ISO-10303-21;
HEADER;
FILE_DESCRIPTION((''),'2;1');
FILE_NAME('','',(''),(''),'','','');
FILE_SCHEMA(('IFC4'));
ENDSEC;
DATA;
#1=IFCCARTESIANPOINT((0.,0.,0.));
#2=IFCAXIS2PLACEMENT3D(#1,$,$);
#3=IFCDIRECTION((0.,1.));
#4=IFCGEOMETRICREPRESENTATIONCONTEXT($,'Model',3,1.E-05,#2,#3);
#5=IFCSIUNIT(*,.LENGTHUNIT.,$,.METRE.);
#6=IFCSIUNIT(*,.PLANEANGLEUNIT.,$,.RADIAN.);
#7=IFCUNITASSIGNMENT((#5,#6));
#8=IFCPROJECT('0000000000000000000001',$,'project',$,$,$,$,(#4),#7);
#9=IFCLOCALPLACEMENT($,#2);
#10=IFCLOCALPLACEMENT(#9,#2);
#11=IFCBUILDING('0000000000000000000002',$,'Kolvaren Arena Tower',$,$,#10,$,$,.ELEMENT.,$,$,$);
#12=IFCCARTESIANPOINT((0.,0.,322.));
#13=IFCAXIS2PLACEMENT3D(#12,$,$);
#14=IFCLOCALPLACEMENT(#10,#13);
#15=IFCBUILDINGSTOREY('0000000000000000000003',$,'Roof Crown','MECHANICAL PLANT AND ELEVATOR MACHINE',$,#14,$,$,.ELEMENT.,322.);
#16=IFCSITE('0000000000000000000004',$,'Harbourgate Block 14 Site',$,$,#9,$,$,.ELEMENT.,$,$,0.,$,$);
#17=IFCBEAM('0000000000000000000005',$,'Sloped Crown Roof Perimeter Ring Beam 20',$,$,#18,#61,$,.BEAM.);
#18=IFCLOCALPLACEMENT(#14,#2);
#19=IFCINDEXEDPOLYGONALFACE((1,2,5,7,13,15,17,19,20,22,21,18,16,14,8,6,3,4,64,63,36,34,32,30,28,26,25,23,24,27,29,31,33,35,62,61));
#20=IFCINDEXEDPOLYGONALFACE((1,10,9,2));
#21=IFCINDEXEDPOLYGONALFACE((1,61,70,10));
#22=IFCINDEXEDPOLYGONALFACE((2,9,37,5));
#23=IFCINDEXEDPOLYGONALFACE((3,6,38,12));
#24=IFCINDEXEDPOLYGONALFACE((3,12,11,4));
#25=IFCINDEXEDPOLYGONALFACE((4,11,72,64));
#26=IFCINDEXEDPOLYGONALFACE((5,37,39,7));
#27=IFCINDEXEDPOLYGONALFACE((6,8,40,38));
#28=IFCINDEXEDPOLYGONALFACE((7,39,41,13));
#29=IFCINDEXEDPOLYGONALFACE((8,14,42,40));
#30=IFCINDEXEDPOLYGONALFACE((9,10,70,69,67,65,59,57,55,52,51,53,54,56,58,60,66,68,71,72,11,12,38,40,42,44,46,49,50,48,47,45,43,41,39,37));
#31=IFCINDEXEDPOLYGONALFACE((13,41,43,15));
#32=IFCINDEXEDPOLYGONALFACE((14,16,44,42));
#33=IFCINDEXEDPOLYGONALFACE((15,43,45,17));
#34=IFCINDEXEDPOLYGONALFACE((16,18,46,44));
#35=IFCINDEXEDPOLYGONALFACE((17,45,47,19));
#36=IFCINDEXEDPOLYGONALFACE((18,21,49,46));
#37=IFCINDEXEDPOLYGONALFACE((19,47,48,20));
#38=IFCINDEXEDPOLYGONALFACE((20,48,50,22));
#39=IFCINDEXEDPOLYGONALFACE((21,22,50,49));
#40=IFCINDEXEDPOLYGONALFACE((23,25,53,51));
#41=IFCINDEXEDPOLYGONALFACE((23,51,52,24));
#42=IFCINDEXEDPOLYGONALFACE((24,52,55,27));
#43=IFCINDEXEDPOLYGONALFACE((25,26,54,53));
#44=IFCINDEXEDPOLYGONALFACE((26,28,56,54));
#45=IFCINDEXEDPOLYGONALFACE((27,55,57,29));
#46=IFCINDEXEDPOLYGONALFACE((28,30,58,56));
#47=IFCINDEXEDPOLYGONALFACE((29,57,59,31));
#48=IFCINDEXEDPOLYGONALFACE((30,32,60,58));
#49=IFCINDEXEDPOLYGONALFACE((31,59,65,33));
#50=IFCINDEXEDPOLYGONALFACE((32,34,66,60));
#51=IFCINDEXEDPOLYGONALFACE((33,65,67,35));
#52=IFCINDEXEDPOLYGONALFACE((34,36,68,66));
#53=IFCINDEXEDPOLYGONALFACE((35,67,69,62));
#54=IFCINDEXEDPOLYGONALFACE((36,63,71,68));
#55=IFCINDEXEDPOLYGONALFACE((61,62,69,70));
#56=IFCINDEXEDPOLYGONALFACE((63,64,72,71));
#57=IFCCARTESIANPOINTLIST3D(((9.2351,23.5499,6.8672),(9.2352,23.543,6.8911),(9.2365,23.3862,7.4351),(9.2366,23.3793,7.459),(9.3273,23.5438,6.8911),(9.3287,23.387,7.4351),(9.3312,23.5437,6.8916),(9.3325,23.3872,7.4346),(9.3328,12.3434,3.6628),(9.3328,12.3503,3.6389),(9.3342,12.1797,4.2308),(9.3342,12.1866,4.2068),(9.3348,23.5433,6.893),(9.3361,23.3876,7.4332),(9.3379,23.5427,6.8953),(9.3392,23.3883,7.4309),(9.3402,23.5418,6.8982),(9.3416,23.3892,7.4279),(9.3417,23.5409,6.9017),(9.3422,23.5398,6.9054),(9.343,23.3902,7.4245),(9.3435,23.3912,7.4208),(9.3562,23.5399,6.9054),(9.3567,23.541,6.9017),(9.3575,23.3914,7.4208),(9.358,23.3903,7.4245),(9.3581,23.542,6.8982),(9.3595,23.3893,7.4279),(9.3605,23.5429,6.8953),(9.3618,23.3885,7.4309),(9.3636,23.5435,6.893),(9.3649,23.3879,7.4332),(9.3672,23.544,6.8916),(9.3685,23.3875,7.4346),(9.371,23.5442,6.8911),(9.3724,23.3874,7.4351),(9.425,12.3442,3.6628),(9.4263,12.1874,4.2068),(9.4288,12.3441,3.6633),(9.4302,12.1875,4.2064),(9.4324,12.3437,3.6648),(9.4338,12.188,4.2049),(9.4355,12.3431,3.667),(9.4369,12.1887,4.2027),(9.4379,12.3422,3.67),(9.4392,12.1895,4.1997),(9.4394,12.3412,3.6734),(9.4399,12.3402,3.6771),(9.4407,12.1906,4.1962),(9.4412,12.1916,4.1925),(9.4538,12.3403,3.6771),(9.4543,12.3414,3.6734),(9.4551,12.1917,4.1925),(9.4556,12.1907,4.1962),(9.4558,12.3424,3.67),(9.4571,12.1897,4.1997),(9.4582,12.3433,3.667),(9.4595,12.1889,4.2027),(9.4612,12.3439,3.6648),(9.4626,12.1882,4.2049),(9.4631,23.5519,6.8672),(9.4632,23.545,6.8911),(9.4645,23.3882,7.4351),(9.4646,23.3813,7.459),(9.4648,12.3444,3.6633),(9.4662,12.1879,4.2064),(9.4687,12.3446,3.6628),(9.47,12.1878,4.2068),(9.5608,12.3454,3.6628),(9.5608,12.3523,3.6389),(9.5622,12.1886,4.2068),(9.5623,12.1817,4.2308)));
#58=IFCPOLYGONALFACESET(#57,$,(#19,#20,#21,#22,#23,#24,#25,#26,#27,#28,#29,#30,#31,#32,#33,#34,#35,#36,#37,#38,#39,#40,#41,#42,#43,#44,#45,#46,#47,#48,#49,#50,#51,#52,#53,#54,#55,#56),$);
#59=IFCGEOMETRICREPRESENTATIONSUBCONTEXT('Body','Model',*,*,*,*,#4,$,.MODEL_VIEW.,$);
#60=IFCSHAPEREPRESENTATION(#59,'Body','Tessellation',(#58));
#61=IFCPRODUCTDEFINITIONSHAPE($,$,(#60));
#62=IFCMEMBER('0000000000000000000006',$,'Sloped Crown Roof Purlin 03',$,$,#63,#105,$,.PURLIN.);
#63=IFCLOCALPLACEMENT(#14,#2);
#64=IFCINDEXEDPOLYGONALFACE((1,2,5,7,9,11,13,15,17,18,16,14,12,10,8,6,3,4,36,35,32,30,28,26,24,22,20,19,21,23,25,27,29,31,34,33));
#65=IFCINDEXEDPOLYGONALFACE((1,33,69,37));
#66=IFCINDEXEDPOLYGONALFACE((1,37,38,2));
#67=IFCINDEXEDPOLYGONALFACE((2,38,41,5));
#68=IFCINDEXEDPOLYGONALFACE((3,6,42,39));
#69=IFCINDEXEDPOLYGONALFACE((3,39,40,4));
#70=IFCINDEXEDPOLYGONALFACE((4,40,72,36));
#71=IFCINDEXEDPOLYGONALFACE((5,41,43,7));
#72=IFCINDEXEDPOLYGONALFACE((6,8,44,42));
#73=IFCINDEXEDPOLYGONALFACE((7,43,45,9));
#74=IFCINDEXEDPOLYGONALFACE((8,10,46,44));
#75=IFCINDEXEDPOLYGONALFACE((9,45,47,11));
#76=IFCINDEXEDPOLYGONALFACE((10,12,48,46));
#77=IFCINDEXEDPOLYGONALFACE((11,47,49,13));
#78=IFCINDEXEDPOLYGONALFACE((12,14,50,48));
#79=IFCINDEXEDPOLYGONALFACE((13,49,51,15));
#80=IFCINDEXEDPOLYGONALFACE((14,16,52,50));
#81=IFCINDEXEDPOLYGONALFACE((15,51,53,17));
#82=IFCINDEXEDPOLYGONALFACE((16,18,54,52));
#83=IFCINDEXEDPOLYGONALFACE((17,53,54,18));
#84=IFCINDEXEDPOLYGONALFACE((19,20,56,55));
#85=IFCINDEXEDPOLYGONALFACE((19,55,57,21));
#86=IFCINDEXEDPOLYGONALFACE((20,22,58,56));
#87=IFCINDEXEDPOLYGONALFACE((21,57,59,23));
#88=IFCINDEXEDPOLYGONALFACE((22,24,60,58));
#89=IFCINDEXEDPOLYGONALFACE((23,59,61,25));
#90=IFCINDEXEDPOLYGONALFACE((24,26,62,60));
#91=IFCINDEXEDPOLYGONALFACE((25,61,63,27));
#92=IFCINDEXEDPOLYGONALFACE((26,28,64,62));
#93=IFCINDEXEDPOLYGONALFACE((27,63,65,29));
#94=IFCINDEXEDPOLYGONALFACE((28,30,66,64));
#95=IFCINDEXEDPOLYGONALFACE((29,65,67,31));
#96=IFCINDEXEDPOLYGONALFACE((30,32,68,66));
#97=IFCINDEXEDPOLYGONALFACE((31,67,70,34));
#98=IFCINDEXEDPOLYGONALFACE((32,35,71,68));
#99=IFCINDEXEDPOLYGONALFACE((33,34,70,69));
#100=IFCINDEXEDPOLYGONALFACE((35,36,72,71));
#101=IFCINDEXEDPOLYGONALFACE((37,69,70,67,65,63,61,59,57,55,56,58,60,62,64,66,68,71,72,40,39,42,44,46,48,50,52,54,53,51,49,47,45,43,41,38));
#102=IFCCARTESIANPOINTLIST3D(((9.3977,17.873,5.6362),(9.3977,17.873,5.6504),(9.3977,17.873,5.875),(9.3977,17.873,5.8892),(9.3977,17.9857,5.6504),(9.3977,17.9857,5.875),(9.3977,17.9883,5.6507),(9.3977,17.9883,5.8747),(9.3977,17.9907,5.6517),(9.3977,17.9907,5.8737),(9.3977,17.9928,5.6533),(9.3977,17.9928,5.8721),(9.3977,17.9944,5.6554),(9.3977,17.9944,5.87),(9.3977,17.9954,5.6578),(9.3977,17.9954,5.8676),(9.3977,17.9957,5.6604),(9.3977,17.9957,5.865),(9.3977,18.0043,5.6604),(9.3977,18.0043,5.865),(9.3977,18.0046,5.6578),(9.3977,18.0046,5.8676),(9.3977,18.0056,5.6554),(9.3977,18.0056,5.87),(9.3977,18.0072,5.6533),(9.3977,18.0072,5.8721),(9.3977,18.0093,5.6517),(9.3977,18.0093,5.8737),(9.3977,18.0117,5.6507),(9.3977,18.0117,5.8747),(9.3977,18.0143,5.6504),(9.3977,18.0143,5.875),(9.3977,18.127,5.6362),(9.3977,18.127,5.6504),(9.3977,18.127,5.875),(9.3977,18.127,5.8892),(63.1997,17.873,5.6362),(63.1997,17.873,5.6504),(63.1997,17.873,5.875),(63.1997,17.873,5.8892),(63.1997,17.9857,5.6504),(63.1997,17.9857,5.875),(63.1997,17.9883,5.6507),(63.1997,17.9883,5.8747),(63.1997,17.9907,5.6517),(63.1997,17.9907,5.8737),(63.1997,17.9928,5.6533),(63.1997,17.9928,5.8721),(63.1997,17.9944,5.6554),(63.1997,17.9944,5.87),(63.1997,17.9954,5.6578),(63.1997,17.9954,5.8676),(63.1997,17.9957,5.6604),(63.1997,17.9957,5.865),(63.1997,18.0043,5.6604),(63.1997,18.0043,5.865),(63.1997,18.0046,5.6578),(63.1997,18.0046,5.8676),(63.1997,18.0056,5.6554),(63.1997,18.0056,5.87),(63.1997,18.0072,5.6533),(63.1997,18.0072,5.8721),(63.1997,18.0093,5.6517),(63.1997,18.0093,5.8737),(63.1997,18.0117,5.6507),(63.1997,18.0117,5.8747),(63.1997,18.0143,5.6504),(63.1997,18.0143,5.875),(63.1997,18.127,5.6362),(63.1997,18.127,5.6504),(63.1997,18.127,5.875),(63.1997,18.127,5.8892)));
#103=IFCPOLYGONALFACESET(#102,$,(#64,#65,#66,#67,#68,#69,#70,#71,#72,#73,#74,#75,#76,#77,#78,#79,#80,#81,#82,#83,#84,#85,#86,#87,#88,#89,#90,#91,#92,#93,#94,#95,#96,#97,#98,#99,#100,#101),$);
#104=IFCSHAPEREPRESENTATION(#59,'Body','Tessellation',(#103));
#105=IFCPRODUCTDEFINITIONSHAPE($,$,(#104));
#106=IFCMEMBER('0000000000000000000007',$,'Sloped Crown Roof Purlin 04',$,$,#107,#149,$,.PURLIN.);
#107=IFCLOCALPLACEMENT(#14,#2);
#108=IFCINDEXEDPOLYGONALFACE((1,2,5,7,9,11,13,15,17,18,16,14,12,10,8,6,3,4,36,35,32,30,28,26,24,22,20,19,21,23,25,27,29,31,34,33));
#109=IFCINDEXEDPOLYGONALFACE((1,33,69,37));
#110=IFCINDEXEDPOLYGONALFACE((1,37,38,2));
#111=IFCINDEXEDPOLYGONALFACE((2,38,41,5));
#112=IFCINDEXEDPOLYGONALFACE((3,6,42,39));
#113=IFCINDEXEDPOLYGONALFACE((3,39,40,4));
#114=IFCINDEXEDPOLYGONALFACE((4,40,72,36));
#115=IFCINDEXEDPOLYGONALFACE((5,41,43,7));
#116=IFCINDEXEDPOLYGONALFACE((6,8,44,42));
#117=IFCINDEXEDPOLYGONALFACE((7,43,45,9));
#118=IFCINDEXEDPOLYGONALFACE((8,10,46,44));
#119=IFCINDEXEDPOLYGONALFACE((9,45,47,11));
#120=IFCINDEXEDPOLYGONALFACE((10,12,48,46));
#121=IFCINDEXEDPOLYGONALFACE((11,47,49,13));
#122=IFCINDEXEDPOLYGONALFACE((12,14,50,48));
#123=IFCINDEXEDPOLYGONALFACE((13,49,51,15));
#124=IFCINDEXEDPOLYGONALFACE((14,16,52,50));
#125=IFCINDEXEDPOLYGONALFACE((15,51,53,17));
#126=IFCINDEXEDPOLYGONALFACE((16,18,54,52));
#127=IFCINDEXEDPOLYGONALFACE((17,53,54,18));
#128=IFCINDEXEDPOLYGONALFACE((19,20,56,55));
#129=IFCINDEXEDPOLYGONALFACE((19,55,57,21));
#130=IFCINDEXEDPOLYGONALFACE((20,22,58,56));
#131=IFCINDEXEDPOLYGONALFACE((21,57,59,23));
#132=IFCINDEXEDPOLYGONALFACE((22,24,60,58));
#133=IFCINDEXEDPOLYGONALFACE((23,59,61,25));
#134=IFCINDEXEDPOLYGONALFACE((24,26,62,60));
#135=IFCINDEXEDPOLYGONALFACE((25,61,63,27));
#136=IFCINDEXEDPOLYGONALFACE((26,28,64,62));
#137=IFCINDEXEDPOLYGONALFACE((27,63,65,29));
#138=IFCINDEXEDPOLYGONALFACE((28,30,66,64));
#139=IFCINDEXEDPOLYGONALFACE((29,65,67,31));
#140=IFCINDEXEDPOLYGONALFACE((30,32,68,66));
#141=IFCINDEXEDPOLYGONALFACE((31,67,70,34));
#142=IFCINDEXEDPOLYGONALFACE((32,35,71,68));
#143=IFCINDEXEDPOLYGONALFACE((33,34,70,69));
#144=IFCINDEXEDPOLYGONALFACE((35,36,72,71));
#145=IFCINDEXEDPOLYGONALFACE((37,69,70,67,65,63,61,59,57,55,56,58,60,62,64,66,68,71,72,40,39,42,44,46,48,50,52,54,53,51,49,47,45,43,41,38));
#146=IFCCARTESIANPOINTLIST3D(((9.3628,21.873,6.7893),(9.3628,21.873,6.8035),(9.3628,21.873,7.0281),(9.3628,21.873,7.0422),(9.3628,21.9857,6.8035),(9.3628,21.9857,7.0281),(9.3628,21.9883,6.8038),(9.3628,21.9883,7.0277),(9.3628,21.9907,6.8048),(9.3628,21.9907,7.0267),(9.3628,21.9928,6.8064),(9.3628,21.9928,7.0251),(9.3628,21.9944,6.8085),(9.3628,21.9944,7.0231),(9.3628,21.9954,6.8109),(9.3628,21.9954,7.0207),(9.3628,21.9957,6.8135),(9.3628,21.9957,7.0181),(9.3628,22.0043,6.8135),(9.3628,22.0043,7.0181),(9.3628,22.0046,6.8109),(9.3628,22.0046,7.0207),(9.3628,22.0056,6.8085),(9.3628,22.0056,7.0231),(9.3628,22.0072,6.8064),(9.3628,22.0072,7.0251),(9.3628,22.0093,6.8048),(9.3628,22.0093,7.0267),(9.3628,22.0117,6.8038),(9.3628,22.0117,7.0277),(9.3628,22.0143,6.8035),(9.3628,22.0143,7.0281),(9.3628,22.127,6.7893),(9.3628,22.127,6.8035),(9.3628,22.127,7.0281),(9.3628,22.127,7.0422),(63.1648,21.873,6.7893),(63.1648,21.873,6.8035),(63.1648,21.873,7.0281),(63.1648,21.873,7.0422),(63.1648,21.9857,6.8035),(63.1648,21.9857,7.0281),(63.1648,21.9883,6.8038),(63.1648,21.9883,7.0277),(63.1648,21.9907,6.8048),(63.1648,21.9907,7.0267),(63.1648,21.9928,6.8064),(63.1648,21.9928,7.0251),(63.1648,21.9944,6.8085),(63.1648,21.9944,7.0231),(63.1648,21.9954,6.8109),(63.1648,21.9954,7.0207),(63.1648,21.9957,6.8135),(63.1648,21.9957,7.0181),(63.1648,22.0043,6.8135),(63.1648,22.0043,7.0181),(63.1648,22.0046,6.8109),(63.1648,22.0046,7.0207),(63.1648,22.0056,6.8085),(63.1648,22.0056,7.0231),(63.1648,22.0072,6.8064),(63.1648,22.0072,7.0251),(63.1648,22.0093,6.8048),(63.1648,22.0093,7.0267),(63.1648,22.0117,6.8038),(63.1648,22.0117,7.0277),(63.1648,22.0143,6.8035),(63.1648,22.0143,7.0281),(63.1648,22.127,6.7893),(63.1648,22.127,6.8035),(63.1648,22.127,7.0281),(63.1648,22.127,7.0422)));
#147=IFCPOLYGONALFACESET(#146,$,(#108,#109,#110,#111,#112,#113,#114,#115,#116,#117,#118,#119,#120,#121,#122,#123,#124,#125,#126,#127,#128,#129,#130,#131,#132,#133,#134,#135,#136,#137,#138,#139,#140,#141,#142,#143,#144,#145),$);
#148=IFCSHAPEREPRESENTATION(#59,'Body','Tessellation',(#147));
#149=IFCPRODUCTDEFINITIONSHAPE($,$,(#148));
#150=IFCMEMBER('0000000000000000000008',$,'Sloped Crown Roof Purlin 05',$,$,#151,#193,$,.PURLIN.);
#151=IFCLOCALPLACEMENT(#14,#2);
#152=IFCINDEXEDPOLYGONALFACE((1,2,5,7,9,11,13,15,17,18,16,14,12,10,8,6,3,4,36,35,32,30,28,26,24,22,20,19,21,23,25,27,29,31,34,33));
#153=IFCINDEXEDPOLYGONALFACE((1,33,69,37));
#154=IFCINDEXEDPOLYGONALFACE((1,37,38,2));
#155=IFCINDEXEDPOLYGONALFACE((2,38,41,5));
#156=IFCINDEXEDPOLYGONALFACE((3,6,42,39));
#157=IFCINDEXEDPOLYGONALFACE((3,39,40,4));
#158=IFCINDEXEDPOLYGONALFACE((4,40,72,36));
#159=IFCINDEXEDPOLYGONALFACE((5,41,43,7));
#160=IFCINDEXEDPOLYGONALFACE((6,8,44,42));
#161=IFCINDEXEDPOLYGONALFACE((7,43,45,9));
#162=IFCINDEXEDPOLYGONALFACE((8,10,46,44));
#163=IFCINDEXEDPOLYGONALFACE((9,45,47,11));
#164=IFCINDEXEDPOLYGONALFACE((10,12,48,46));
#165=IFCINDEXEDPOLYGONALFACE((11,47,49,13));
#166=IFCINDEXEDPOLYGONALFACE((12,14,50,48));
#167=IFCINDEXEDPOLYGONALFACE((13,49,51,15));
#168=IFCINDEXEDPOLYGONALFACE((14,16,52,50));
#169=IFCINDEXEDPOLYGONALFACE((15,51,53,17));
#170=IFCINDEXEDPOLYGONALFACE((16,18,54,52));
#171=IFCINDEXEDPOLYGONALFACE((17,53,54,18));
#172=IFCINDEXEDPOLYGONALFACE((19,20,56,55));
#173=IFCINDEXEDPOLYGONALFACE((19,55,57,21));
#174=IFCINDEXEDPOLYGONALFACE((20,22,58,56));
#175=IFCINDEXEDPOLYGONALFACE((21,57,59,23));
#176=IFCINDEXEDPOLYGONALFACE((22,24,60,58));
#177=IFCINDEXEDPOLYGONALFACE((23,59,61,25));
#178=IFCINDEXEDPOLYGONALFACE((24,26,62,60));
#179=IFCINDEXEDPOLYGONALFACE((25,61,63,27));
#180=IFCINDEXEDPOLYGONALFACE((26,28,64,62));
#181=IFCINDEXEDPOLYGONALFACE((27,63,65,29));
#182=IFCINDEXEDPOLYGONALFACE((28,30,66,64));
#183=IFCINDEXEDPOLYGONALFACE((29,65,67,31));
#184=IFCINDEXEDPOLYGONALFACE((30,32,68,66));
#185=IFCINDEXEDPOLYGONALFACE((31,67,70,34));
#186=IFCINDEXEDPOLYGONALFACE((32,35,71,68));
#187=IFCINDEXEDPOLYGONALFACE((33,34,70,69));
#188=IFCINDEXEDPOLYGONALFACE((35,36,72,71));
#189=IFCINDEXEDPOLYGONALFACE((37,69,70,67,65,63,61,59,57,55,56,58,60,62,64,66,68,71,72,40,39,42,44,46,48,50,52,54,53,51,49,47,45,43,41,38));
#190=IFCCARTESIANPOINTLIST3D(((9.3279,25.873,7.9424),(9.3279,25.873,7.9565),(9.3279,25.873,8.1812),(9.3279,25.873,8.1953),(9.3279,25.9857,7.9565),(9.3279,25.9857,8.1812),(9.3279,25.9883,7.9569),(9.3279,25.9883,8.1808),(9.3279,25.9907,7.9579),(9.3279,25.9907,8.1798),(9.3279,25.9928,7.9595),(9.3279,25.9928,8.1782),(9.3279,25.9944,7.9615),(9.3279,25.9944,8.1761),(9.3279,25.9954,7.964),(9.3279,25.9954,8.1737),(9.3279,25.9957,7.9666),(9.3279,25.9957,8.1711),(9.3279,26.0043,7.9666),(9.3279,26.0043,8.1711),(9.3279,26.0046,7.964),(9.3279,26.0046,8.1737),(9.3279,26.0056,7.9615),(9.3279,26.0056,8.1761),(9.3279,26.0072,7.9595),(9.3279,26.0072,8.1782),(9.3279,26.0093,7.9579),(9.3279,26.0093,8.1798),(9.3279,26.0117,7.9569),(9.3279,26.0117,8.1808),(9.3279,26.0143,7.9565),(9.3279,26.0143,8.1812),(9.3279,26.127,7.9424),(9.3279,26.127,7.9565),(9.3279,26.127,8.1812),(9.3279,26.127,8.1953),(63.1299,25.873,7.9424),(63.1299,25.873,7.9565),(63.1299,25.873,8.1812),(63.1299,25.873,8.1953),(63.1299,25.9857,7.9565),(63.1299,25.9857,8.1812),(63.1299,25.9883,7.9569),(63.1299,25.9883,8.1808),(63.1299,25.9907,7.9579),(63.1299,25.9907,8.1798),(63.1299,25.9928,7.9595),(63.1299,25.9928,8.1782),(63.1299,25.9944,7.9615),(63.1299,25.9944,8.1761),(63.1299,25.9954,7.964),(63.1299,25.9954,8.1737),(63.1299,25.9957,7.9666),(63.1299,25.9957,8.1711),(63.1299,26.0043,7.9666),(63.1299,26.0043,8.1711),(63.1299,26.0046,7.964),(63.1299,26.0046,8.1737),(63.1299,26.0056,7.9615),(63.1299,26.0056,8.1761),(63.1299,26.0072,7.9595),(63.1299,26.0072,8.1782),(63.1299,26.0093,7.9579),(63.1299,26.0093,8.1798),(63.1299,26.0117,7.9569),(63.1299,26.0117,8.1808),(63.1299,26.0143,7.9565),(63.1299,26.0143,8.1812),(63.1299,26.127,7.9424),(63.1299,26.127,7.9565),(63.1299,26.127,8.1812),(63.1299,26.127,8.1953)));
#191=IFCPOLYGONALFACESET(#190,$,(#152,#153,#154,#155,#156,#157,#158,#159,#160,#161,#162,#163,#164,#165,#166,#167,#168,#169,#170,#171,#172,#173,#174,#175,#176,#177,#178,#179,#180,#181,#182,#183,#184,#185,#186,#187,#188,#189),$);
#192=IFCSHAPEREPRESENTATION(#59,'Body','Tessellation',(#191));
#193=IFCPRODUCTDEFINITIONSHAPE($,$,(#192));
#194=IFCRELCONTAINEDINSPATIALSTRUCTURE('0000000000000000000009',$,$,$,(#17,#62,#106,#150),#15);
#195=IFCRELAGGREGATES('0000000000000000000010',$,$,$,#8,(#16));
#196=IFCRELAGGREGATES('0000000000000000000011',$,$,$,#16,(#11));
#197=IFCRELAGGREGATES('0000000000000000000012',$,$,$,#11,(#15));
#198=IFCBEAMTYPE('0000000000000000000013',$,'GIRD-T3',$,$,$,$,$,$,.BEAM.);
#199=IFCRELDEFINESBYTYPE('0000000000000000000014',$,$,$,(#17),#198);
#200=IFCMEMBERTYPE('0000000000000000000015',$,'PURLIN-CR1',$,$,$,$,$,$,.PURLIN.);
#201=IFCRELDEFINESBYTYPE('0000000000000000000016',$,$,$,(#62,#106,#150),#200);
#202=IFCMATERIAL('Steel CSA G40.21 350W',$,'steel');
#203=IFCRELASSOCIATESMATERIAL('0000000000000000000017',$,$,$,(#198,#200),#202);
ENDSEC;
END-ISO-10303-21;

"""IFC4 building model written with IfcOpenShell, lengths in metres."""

from ifc_helpers import new_model, si_unit, direction, frame, origin, origin_2d, place, context, subcontext, project, spatial, i_section, extrude, material, material_profile, profile_set, type_object, element, save


model = new_model("IFC4")

# Units and contexts
model_context = context("Model", 3, precision=1e-05, world=origin(), true_north=direction((0.0, 1.0)))
body_context = subcontext(model_context, "Body", "Model", "MODEL_VIEW")
ifc_project = project(units=[si_unit("LENGTHUNIT", "METRE"), si_unit("PLANEANGLEUNIT", "RADIAN")], contexts=[model_context])

# Site, building, storey
site_placement = place(None, origin())
site = spatial("IfcSite", under=ifc_project, at=site_placement, Name="Harbourgate Block 14 Site", CompositionType="ELEMENT", RefElevation=0.0)
building_placement = place(site_placement, origin())
building = spatial("IfcBuilding", under=site, at=building_placement, Name="Kolvaren Arena Tower", CompositionType="ELEMENT")
storey_placement = place(building_placement, frame((0.0, 0.0, 322.0)))
storey = spatial("IfcBuildingStorey", under=building, at=storey_placement, Name="Roof Crown", Description="MECHANICAL PLANT AND ELEVATOR MACHINE", CompositionType="ELEMENT", Elevation=322.0)

# Beam
ifc_material_1 = material(Name="Steel CSA G40.21 350W", Category="steel")
ifc_material_profile_1 = material_profile(ifc_material_1, i_section(OverallWidth=0.228, OverallDepth=0.616, WebThickness=0.0139, FlangeThickness=0.0249, FilletRadius=0.0149, at=origin_2d()), Name="W610x174")
ifc_profile_set_1 = profile_set([ifc_material_profile_1], Name="Steel CSA G40.21 350W")
beam_type = type_object("IfcBeamType", Name="GIRD-T3", PredefinedType="BEAM", material=ifc_profile_set_1)
beam_placement = place(storey_placement, frame((9.3499, 23.4656, 7.1631), z_axis=(0.008378, -0.960845, -0.27696), x_axis=(0.999962, 0.008719, 0.0)))
element("IfcBeam", 1, at=beam_placement, inside=storey, type_object=beam_type, Name="Sloped Crown Roof Perimeter Ring Beam 20", PredefinedType="BEAM", context=body_context, shape_type="SweptSolid", body=[
    extrude(i_section(OverallWidth=0.228, OverallDepth=0.616, WebThickness=0.0139, FlangeThickness=0.0249, FilletRadius=0.0149, at=origin_2d()), origin(), (0.0, 0.0, 1.0), 11.656),
])

# Members
ifc_material_profile_2 = material_profile(ifc_material_1, i_section(OverallWidth=0.2539, OverallDepth=0.2529, WebThickness=0.0085, FlangeThickness=0.0142, FilletRadius=0.01, at=origin_2d()), Name="W250x73")
ifc_profile_set_2 = profile_set([ifc_material_profile_2], Name="Steel CSA G40.21 350W")
member_type_1 = type_object("IfcMemberType", Name="PURLIN-CR1", PredefinedType="PURLIN", material=ifc_profile_set_2)
for number, where, z_axis, x_axis, name in (
    (2, (9.3977, 18.0, 5.7627), (1.0, 0.0, 0.0), (0.0, 1.0, 0.0), "Sloped Crown Roof Purlin 03"),
    (3, (9.3628, 22.0, 6.9158), (1.0, 0.0, 0.0), (0.0, 1.0, 0.0), "Sloped Crown Roof Purlin 04"),
    (4, (9.3279, 26.0, 8.0688), (1.0, 0.0, 0.0), (0.0, 1.0, 0.0), "Sloped Crown Roof Purlin 05"),
):
    element("IfcMember", number, at=place(storey_placement, frame(where, z_axis=z_axis, x_axis=x_axis)), inside=storey, type_object=member_type_1, Name=name, PredefinedType="PURLIN", context=body_context, shape_type="SweptSolid", body=[
        extrude(i_section(OverallWidth=0.2539, OverallDepth=0.2529, WebThickness=0.0085, FlangeThickness=0.0142, FilletRadius=0.01, at=origin_2d()), origin(), (0.0, 0.0, 1.0), 53.802),
    ])

save(model, "model.ifc")
